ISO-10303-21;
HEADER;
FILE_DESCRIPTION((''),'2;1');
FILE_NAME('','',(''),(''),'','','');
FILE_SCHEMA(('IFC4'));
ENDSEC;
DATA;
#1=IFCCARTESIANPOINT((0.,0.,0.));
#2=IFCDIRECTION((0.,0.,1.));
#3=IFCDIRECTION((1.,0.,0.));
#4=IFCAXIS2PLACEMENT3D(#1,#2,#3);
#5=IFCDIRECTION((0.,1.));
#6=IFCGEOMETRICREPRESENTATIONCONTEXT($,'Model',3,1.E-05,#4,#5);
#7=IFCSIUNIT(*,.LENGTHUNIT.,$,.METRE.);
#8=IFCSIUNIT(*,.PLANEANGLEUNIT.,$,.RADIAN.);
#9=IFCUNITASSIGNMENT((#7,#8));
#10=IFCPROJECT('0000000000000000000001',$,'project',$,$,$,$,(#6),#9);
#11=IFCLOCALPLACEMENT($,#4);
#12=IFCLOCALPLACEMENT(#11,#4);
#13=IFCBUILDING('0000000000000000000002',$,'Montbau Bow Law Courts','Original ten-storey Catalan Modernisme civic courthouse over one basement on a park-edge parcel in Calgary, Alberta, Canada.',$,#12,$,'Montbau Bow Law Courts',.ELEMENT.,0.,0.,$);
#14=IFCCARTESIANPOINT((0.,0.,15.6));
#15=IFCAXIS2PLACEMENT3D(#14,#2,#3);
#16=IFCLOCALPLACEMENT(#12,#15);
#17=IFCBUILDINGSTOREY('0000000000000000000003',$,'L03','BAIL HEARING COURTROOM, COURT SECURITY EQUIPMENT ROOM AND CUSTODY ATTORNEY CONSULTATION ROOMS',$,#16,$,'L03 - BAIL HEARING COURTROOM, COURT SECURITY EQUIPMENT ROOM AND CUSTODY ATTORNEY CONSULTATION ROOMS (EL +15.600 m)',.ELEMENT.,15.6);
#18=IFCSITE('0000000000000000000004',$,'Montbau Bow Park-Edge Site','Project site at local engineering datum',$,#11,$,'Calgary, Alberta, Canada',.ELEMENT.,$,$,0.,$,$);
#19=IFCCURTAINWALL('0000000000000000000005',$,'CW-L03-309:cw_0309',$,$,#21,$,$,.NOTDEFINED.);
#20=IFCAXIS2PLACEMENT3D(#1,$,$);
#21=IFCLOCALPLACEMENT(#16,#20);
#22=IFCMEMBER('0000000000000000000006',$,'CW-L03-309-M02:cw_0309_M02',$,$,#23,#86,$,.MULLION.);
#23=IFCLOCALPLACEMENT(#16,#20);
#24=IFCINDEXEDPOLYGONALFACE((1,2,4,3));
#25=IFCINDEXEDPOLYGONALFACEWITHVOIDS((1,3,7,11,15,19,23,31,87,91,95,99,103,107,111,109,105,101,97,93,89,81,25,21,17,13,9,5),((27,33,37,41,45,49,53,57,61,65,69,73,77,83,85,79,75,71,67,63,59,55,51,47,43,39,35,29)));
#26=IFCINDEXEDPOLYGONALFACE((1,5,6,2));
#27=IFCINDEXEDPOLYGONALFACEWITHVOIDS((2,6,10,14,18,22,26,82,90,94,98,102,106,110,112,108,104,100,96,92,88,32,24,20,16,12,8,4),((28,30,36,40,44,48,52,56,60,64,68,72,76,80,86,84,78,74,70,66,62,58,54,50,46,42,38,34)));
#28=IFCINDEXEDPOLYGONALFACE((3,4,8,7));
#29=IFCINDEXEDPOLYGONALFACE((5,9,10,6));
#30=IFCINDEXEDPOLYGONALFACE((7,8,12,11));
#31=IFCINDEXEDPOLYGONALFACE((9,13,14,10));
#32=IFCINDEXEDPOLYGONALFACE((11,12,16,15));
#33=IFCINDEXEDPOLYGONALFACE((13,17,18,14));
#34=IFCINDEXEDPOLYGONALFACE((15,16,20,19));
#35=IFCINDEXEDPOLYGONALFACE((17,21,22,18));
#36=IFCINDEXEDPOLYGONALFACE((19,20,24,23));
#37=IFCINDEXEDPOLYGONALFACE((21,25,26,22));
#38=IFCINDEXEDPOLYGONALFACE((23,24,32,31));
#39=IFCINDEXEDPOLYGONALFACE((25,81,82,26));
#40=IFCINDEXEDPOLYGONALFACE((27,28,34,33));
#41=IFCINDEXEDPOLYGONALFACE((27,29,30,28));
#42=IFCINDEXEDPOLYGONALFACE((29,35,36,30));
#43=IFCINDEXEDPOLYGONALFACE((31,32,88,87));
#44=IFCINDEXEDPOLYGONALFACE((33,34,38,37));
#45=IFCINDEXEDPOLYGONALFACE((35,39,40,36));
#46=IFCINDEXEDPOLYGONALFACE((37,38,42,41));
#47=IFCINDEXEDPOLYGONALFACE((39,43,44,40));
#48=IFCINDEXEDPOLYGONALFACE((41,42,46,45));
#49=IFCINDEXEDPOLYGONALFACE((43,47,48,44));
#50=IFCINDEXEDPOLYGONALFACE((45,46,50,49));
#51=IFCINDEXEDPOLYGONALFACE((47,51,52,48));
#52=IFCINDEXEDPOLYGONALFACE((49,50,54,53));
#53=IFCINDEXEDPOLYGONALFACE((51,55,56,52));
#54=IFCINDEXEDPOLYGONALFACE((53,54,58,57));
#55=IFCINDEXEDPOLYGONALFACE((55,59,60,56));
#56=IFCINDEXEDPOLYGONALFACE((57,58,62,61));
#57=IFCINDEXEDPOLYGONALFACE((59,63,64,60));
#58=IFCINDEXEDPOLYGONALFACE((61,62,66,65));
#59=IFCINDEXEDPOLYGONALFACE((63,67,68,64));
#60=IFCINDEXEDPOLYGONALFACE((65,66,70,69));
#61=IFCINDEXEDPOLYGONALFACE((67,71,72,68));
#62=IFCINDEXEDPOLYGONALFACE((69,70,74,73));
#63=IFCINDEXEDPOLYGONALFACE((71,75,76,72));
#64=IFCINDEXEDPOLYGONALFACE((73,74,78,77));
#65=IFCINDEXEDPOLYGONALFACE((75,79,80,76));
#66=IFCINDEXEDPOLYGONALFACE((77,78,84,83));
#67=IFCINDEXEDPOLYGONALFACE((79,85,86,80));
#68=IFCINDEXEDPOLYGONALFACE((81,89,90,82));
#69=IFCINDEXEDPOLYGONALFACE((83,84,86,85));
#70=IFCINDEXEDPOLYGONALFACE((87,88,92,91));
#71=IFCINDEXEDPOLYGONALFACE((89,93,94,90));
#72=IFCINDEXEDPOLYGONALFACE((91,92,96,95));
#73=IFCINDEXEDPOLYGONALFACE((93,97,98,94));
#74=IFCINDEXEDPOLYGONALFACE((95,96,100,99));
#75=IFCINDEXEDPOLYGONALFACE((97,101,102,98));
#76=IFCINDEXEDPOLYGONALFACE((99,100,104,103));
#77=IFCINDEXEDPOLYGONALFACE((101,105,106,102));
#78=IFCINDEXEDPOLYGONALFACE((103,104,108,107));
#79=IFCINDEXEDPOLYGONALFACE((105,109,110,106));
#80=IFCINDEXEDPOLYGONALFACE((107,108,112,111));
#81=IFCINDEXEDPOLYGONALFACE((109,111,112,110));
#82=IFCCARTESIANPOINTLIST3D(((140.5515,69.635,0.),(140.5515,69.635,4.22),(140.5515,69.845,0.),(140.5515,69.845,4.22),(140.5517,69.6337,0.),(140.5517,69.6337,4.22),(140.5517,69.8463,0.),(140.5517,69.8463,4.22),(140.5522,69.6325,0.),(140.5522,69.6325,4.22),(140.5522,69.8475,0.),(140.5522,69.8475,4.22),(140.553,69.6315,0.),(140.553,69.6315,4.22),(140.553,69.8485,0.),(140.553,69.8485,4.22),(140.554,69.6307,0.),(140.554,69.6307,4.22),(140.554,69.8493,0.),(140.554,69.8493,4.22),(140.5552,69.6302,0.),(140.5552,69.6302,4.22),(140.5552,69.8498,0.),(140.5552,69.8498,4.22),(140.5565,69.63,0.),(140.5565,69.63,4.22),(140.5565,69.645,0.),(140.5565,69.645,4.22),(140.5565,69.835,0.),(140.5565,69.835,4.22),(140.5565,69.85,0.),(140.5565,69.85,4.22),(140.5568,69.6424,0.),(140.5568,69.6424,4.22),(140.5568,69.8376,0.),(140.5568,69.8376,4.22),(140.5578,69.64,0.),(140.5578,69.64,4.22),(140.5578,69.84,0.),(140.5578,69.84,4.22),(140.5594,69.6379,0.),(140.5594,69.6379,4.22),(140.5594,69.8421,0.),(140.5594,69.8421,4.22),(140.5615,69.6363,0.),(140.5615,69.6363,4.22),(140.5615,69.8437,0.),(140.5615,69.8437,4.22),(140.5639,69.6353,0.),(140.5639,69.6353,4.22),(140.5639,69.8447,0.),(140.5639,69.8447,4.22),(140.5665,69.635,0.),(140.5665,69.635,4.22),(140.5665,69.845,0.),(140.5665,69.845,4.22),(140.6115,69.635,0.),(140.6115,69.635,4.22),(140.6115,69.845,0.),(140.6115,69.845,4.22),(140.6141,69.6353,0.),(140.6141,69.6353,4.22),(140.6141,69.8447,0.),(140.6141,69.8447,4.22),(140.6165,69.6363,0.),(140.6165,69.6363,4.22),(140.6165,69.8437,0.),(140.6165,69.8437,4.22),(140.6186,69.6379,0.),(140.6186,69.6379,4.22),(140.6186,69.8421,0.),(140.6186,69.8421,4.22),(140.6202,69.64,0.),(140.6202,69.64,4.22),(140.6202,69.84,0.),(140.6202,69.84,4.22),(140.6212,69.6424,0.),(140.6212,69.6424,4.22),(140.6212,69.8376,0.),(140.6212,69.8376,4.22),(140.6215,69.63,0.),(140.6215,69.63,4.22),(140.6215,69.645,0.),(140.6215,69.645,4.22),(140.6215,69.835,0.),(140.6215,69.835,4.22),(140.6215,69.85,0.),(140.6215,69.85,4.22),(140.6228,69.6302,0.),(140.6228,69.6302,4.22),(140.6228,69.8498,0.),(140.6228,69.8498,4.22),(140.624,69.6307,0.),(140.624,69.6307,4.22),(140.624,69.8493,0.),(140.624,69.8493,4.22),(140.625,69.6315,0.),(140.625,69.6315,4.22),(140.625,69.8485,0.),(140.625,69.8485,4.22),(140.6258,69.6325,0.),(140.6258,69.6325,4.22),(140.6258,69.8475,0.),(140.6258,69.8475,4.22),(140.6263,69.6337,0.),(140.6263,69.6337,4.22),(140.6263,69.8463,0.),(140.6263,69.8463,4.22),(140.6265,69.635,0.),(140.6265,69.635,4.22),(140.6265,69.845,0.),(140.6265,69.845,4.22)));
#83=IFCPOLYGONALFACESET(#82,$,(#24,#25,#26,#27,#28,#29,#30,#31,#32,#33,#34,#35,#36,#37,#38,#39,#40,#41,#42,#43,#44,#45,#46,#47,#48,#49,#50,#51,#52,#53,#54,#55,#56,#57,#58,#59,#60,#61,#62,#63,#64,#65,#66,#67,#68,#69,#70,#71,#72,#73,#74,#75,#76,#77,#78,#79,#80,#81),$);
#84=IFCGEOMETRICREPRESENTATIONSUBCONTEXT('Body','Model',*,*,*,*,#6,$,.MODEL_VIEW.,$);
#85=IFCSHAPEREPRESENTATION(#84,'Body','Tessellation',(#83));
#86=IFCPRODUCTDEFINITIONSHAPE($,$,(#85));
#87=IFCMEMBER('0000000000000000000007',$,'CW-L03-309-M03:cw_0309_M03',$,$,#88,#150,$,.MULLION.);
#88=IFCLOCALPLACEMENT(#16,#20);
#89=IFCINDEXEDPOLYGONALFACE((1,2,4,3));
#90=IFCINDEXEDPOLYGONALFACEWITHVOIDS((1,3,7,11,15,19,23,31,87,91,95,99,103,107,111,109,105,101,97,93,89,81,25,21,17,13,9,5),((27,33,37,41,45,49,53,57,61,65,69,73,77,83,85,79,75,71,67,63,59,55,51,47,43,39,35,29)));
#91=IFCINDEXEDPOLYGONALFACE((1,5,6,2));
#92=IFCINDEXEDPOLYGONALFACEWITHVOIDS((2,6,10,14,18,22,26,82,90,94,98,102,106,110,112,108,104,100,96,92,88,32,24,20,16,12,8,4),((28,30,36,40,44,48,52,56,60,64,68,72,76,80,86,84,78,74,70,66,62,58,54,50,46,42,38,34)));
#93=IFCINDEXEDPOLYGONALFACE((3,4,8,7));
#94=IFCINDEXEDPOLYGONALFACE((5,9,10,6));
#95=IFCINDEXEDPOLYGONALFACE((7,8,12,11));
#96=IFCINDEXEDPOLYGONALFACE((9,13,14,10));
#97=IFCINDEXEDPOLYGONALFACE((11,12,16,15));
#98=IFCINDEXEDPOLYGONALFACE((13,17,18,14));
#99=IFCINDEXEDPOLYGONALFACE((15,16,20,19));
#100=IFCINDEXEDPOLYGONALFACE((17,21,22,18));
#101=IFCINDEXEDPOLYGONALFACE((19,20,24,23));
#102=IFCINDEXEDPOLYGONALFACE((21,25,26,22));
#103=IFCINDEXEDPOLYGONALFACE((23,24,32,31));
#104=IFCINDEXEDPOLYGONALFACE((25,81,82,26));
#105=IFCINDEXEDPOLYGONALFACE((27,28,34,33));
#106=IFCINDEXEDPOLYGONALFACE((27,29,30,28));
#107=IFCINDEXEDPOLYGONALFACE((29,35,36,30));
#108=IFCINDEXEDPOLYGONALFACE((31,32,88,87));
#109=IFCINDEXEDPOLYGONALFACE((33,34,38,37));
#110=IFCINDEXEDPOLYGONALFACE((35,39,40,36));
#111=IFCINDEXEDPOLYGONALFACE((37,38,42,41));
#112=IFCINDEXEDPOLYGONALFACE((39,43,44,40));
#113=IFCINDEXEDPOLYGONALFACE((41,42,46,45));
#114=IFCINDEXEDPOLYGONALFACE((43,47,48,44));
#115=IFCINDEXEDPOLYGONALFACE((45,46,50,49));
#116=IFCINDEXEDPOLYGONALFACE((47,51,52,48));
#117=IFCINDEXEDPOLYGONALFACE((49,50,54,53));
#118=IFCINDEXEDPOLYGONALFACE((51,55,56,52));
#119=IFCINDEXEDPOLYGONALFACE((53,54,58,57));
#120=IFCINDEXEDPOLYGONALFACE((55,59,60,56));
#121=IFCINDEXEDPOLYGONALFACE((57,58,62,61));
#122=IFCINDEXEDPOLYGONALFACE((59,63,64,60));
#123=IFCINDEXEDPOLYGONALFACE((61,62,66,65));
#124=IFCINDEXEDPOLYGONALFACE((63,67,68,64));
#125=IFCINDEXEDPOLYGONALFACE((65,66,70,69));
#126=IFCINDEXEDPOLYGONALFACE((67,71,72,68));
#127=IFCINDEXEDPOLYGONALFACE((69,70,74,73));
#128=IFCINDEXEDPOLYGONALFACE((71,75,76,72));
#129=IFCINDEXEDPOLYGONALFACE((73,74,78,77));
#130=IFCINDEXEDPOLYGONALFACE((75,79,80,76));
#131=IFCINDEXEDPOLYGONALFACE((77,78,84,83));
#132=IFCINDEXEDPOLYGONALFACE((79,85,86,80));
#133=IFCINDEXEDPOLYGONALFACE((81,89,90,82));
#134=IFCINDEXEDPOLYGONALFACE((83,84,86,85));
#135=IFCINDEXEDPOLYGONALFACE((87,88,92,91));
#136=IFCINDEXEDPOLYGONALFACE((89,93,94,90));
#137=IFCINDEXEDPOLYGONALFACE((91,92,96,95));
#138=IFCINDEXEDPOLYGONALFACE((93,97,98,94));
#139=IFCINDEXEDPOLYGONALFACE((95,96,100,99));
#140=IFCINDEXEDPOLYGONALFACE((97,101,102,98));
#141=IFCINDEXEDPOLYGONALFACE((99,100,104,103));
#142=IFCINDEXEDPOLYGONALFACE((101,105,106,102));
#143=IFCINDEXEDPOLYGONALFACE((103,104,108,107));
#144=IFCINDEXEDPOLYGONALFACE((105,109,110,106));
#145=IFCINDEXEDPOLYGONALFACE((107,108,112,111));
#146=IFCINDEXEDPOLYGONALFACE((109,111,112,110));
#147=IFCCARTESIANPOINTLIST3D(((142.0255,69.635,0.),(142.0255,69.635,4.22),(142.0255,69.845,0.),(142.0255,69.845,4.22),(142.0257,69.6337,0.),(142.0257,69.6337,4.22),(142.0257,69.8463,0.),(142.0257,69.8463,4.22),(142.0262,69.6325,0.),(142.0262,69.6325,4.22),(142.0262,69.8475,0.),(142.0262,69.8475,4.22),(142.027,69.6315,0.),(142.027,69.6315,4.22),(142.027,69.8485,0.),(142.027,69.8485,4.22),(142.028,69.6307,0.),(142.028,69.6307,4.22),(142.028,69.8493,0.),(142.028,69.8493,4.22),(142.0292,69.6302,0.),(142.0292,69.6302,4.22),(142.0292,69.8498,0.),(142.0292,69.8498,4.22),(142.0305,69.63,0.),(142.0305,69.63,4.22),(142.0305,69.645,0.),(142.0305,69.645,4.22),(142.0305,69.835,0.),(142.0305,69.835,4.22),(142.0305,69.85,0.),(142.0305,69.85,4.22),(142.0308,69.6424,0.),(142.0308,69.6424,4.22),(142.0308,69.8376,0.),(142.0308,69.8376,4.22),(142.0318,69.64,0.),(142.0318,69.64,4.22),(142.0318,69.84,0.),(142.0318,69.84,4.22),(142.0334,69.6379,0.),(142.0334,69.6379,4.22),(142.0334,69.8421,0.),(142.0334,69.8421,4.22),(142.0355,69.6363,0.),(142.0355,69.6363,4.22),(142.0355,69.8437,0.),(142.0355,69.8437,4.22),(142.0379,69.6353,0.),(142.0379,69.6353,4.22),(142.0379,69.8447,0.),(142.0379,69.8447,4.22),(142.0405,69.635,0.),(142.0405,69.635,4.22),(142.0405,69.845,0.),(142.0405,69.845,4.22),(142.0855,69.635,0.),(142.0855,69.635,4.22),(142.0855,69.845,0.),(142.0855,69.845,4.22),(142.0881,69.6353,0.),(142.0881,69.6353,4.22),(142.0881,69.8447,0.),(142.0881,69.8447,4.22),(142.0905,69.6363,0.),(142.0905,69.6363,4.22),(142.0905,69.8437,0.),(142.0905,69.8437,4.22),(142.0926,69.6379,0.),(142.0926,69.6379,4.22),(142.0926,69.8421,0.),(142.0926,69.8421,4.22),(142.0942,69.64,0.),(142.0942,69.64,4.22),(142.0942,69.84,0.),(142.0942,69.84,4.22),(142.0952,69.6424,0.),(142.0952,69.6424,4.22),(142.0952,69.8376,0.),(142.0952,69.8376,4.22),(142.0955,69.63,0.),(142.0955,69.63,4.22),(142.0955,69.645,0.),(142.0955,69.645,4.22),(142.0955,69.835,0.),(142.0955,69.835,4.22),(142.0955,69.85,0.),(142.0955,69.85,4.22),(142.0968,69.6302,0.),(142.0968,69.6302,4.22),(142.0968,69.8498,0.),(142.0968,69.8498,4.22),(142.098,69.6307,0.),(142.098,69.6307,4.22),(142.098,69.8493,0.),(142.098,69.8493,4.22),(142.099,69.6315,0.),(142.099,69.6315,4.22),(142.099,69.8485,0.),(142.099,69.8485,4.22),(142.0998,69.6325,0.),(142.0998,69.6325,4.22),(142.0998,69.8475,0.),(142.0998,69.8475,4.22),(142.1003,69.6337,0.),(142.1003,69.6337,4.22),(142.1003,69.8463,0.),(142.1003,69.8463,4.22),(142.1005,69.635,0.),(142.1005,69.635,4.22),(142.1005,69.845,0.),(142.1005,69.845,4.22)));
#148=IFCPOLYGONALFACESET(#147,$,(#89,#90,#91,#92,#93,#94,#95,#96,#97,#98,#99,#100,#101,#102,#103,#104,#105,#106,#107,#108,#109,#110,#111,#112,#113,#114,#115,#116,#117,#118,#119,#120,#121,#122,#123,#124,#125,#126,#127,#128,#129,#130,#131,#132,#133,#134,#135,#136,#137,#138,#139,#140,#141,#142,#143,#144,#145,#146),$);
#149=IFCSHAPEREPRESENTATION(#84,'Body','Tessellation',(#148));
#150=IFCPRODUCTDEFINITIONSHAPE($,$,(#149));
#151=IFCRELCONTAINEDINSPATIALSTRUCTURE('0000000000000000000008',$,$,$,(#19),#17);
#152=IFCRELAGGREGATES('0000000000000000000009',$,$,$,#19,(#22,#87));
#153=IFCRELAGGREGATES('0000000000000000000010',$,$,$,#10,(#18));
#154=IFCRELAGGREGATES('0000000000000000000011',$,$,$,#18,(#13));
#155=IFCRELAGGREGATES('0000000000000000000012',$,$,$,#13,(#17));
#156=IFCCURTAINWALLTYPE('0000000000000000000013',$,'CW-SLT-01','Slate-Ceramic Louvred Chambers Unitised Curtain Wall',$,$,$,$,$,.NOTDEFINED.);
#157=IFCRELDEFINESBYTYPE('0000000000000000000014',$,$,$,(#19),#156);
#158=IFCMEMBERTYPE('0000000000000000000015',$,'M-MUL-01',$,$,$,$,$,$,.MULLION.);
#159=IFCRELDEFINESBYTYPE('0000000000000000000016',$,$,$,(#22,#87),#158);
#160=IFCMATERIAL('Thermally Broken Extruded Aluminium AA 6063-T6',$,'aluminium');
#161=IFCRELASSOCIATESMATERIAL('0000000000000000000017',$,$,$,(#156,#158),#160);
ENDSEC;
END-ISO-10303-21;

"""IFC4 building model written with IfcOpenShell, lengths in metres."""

from ifc_helpers import new_model, si_unit, direction, frame, origin_with_axes, origin_2d_with_axis, place, context, subcontext, project, spatial, hollow_rectangle, extrude, material, material_profile, profile_set, type_object, element, aggregate, save


model = new_model("IFC4")

# Units and contexts
model_context = context("Model", 3, precision=1e-05, world=origin_with_axes(), true_north=direction((0.0, 1.0)))
body_context = subcontext(model_context, "Body", "Model", "MODEL_VIEW")
ifc_project = project(units=[si_unit("LENGTHUNIT", "METRE"), si_unit("PLANEANGLEUNIT", "RADIAN")], contexts=[model_context])

# Site, building, storey
site_placement = place(None, origin_with_axes())
site = spatial("IfcSite", under=ifc_project, at=site_placement, Name="Montbau Bow Park-Edge Site", Description="Project site at local engineering datum", LongName="Calgary, Alberta, Canada", CompositionType="ELEMENT", RefElevation=0.0)
building_placement = place(site_placement, origin_with_axes())
building = spatial("IfcBuilding", under=site, at=building_placement, Name="Montbau Bow Law Courts", Description="Original ten-storey Catalan Modernisme civic courthouse over one basement on a park-edge parcel in Calgary, Alberta, Canada.", LongName="Montbau Bow Law Courts", CompositionType="ELEMENT", ElevationOfRefHeight=0.0, ElevationOfTerrain=0.0)
storey_placement = place(building_placement, frame((0.0, 0.0, 15.6), z_axis=(0.0, 0.0, 1.0), x_axis=(1.0, 0.0, 0.0)))
storey = spatial("IfcBuildingStorey", under=building, at=storey_placement, Name="L03", Description="BAIL HEARING COURTROOM, COURT SECURITY EQUIPMENT ROOM AND CUSTODY ATTORNEY CONSULTATION ROOMS", LongName="L03 - BAIL HEARING COURTROOM, COURT SECURITY EQUIPMENT ROOM AND CUSTODY ATTORNEY CONSULTATION ROOMS (EL +15.600 m)", CompositionType="ELEMENT", Elevation=15.6)

# Curtain wall, members
ifc_material_1 = material(Name="Thermally Broken Extruded Aluminium AA 6063-T6", Category="aluminium")
curtain_wall_type = type_object("IfcCurtainWallType", Name="CW-SLT-01", Description="Slate-Ceramic Louvred Chambers Unitised Curtain Wall", PredefinedType="NOTDEFINED", material=ifc_material_1)
curtain_wall_placement = place(None, frame((139.115, 69.74, 15.6), z_axis=(0.0, 0.0, 1.0), x_axis=(1.0, 0.0, 0.0)))
curtain_wall = element("IfcCurtainWall", 1, at=curtain_wall_placement, inside=storey, type_object=curtain_wall_type, Name="CW-L03-309:cw_0309", PredefinedType="NOTDEFINED")
ifc_material_profile_1 = material_profile(ifc_material_1, hollow_rectangle(XDim=0.075, YDim=0.22, WallThickness=0.005, InnerFilletRadius=0.01, OuterFilletRadius=0.005, at=origin_2d_with_axis()), Name="CWM-220X75", Category="Main", Priority=0)
ifc_profile_set_1 = profile_set([ifc_material_profile_1], Name="Thermally Broken Extruded Aluminium AA 6063-T6")
member_type_1 = type_object("IfcMemberType", Name="M-MUL-01", PredefinedType="MULLION", material=ifc_profile_set_1)
member_1_placement = place(None, frame((140.589, 69.74, 15.6), z_axis=(0.0, 0.0, 1.0), x_axis=(1.0, 0.0, 0.0)))
member_1 = element("IfcMember", 2, at=member_1_placement, type_object=member_type_1, Name="CW-L03-309-M02:cw_0309_M02", PredefinedType="MULLION", context=body_context, shape_type="SweptSolid", body=[
    extrude(hollow_rectangle(XDim=0.075, YDim=0.22, WallThickness=0.005, InnerFilletRadius=0.01, OuterFilletRadius=0.005, at=origin_2d_with_axis()), origin_with_axes(), (0.0, 0.0, 1.0), 4.22),
])
member_2_placement = place(None, frame((142.063, 69.74, 15.6), z_axis=(0.0, 0.0, 1.0), x_axis=(1.0, 0.0, 0.0)))
member_2 = element("IfcMember", 3, at=member_2_placement, type_object=member_type_1, Name="CW-L03-309-M03:cw_0309_M03", PredefinedType="MULLION", context=body_context, shape_type="SweptSolid", body=[
    extrude(hollow_rectangle(XDim=0.075, YDim=0.22, WallThickness=0.005, InnerFilletRadius=0.01, OuterFilletRadius=0.005, at=origin_2d_with_axis()), origin_with_axes(), (0.0, 0.0, 1.0), 4.22),
])
aggregate(curtain_wall, [member_1, member_2])

save(model, "model.ifc")
